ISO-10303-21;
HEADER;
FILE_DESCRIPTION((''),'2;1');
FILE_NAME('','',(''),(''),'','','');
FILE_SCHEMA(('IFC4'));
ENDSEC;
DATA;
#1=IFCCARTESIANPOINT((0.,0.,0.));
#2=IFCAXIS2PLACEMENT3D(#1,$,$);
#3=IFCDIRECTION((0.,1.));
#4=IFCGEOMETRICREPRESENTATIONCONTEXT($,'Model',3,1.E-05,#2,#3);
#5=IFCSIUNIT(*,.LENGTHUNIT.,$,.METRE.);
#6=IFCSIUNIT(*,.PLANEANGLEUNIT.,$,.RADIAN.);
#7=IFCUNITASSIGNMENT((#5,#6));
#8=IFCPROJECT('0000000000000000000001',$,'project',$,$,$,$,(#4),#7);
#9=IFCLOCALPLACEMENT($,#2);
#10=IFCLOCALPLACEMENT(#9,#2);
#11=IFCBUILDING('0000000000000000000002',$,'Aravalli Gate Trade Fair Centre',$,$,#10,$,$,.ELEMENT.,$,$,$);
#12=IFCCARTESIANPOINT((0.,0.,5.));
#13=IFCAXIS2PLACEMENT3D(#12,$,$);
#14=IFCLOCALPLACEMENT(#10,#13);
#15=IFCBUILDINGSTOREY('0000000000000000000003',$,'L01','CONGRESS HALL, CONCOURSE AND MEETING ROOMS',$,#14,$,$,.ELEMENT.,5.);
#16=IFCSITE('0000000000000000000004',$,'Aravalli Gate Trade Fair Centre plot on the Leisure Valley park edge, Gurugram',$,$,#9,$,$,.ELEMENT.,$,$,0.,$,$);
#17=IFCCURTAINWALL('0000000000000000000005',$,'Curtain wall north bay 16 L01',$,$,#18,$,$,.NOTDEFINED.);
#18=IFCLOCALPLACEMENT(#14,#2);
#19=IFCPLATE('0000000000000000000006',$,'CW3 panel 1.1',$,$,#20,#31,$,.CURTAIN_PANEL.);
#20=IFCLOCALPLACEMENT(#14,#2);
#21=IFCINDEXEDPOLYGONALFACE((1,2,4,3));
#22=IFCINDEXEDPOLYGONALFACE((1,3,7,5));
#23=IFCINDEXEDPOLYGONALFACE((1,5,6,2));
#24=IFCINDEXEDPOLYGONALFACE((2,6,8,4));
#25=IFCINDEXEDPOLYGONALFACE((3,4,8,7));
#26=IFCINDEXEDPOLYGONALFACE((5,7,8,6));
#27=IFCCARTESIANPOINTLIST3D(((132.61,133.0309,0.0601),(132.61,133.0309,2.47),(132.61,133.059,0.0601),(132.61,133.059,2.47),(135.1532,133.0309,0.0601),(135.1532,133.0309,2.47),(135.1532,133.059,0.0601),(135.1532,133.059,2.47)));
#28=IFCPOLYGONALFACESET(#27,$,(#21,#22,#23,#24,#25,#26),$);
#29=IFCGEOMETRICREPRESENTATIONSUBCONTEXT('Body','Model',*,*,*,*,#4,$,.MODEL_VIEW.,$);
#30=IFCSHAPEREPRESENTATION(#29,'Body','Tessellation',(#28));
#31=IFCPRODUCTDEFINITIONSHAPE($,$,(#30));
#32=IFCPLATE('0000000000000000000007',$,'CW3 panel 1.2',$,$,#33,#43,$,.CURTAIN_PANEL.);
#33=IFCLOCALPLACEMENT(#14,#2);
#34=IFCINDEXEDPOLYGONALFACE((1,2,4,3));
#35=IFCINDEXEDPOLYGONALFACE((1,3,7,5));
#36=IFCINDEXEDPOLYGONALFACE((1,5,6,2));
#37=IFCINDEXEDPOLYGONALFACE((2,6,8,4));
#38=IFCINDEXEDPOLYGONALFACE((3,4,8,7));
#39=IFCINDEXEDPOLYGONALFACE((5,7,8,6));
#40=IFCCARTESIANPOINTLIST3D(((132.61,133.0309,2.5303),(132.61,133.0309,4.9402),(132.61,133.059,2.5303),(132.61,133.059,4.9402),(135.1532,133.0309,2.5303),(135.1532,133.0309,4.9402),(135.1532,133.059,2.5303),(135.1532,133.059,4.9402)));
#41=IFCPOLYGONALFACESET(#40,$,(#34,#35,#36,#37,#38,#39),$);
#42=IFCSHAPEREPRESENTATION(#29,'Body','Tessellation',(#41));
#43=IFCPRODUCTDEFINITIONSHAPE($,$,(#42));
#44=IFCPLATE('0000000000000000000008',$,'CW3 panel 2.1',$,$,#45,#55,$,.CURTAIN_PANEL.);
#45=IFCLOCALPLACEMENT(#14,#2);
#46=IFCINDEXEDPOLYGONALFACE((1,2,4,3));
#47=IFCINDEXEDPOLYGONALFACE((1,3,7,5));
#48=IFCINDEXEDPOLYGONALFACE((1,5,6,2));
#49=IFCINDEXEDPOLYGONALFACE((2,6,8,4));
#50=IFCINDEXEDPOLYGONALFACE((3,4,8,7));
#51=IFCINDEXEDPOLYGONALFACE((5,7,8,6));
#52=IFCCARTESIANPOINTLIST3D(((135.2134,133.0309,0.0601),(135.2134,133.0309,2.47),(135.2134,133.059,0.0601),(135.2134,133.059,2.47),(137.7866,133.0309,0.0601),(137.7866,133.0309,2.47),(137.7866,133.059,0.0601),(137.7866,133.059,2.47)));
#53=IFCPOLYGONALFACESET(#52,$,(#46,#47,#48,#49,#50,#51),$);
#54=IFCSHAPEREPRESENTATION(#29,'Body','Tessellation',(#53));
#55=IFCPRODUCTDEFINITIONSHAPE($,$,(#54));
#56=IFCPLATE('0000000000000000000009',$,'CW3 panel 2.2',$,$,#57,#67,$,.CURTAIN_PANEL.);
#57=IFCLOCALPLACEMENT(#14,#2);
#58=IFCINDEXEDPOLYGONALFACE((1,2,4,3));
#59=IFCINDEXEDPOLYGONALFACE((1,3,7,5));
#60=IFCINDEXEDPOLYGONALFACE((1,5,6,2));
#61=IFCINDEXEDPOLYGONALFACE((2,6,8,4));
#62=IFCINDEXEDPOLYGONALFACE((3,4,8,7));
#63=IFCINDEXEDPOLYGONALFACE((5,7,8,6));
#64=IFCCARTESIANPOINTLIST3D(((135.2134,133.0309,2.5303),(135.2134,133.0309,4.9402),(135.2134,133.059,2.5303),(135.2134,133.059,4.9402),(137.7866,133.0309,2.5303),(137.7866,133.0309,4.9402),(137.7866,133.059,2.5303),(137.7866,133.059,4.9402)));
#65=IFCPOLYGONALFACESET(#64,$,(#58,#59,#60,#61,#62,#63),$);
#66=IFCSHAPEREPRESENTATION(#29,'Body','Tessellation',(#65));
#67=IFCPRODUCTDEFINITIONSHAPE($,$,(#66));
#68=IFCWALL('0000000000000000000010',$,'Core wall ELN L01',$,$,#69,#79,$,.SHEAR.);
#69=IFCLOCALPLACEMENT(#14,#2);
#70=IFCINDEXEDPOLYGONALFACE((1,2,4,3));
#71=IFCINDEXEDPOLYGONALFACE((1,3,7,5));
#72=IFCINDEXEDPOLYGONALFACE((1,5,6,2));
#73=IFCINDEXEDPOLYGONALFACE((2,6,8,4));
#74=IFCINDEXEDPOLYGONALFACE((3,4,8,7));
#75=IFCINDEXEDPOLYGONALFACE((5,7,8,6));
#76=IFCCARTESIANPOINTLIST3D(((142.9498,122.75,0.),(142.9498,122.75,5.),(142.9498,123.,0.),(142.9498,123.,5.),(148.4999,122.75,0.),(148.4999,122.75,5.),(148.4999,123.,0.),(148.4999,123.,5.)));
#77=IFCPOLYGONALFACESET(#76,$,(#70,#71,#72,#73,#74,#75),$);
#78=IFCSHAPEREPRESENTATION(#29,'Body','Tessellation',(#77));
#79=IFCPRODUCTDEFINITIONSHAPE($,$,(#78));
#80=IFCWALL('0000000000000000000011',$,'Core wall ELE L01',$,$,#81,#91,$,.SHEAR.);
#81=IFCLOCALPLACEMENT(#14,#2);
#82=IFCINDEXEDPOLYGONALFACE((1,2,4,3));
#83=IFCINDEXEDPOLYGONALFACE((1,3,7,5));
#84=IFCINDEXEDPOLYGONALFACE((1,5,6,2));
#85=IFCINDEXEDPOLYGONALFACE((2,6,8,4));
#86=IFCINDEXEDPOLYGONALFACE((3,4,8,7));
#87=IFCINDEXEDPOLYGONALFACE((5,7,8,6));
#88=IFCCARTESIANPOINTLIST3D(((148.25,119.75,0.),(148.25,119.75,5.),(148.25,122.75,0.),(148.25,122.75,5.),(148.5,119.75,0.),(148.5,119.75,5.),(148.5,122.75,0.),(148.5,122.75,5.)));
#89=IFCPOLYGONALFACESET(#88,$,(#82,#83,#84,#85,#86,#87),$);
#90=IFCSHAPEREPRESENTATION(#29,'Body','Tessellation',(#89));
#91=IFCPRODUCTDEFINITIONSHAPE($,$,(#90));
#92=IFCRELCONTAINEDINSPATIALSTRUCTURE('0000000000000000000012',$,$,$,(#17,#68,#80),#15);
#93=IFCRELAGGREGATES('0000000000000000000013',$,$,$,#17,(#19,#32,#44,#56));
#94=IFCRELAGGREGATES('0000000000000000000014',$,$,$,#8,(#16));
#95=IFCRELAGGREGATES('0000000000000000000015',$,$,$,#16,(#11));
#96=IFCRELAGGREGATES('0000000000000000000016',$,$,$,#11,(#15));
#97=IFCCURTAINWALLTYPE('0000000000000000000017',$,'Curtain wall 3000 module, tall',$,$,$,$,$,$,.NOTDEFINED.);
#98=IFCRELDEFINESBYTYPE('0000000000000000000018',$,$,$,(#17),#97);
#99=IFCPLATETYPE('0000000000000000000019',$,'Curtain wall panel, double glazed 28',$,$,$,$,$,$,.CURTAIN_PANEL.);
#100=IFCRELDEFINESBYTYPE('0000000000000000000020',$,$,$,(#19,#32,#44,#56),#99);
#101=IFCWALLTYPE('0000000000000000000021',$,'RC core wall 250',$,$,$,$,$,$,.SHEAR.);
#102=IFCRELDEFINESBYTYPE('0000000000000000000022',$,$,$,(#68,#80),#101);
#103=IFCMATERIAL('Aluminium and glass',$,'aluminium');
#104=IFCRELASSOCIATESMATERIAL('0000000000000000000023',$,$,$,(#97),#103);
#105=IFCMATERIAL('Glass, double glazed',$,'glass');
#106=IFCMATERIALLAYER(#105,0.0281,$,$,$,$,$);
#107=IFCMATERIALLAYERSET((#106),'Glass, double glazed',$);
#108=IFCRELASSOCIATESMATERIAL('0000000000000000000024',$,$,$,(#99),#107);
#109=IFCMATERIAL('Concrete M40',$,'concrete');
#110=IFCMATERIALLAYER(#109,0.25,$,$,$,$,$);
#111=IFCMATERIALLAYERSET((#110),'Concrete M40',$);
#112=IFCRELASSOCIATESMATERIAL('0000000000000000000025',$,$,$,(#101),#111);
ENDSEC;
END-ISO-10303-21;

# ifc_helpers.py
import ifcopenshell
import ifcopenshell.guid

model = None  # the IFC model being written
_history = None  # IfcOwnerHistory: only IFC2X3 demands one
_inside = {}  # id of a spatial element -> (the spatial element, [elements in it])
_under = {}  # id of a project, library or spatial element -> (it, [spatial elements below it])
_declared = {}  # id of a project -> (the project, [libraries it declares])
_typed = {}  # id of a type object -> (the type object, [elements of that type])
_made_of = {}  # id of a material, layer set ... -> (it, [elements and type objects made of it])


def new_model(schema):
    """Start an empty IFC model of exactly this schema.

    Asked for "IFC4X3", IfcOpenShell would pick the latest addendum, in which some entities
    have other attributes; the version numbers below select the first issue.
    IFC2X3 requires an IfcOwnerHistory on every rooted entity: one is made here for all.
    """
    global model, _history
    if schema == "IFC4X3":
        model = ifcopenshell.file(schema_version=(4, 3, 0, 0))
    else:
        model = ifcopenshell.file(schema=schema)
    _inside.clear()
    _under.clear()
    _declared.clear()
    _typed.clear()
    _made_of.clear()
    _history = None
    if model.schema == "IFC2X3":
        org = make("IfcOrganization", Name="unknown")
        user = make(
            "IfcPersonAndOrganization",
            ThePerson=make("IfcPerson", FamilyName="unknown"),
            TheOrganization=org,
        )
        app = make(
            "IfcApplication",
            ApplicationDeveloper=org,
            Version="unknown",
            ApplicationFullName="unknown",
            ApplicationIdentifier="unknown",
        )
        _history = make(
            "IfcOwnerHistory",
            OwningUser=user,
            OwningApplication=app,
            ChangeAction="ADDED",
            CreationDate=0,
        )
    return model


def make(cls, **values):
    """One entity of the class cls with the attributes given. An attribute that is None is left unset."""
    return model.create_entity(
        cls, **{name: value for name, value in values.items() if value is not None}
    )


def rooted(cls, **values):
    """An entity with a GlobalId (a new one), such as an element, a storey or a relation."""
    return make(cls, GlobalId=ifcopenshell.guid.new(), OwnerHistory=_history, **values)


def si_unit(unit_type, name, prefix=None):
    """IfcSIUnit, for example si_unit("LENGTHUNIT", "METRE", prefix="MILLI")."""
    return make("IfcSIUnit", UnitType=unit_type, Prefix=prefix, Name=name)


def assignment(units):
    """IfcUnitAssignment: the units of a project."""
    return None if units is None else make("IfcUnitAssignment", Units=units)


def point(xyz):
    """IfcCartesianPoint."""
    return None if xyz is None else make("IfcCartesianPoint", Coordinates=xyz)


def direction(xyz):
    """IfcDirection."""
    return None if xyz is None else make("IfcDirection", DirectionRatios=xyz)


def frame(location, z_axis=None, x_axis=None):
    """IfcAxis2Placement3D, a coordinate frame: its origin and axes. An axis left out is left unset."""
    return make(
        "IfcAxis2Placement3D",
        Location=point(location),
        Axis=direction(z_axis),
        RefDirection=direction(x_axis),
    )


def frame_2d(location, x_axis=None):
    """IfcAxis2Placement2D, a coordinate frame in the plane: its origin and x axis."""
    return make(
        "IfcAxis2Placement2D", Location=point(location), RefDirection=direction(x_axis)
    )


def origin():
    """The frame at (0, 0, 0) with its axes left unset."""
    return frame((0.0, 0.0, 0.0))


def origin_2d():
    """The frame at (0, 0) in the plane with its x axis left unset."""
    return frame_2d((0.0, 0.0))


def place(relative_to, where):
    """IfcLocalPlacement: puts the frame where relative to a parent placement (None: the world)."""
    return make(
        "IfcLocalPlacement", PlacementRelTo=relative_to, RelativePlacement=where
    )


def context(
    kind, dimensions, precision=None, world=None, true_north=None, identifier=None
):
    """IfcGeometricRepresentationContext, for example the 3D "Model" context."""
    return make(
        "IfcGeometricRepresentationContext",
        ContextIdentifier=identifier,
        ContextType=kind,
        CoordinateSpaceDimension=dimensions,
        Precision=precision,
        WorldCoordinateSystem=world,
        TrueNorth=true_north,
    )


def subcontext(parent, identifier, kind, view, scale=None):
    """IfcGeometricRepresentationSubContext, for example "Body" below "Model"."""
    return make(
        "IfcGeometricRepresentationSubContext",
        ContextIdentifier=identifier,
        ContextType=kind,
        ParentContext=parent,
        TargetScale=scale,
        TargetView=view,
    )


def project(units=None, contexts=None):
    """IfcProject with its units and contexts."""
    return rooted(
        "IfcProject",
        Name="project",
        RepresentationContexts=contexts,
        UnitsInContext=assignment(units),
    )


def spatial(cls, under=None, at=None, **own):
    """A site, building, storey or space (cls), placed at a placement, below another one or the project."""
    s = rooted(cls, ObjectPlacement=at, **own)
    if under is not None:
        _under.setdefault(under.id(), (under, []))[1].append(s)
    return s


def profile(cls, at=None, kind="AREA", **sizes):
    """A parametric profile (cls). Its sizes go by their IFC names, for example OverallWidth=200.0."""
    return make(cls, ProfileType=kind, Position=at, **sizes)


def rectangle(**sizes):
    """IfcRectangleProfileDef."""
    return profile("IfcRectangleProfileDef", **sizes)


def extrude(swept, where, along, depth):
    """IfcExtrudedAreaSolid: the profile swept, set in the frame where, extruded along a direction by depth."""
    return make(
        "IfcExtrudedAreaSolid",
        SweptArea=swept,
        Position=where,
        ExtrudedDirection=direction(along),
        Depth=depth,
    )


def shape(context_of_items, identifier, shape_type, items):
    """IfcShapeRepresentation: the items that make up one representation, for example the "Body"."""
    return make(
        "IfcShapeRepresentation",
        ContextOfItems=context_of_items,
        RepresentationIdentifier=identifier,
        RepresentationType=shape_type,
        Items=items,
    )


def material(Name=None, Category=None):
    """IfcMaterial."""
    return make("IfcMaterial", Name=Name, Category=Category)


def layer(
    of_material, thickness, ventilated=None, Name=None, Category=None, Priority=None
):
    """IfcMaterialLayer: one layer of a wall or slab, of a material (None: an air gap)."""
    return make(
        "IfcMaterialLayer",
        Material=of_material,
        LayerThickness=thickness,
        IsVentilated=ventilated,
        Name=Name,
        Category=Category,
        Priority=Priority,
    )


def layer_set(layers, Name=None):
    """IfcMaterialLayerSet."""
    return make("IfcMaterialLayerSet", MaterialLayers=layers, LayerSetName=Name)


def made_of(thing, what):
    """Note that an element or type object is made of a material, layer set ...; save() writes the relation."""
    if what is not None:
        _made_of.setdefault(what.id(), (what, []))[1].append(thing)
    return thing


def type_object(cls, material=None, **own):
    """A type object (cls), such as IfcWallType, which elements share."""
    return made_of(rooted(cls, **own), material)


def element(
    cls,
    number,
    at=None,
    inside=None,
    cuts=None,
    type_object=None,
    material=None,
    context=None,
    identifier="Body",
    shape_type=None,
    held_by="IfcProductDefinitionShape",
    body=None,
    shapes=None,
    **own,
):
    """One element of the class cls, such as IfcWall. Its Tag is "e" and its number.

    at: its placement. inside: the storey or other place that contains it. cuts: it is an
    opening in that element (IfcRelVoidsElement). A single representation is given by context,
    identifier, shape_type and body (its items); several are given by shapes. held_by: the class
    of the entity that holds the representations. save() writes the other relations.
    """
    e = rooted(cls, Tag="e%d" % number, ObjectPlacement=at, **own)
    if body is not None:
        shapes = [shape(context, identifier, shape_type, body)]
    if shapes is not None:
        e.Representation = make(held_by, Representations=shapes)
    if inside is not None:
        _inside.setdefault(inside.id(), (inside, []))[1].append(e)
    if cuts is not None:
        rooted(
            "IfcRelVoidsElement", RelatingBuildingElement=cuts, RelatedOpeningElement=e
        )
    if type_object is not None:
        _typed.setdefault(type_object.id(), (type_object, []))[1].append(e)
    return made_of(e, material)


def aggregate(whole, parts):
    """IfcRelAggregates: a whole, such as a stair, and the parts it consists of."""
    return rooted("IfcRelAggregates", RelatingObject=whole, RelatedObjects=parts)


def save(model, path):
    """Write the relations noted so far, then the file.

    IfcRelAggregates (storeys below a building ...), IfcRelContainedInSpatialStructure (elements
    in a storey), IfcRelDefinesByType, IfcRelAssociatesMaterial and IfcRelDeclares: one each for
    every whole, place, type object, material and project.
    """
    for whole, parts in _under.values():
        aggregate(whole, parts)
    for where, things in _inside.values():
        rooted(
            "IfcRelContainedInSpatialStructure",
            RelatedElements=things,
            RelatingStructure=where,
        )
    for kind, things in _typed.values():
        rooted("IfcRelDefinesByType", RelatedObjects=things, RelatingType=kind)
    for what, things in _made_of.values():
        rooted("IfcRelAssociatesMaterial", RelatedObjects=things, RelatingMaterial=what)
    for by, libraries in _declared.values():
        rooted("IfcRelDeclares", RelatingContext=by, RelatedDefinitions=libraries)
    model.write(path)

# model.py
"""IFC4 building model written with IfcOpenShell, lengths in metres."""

from ifc_helpers import new_model, si_unit, direction, frame, frame_2d, origin, origin_2d, place, context, subcontext, project, spatial, rectangle, extrude, material, layer, layer_set, type_object, element, aggregate, save


model = new_model("IFC4")

# Units and contexts
model_context = context("Model", 3, precision=1e-05, world=origin(), true_north=direction((0.0, 1.0)))
body_context = subcontext(model_context, "Body", "Model", "MODEL_VIEW")
ifc_project = project(units=[si_unit("LENGTHUNIT", "METRE"), si_unit("PLANEANGLEUNIT", "RADIAN")], contexts=[model_context])

# Site, building, storey
site_placement = place(None, origin())
site = spatial("IfcSite", under=ifc_project, at=site_placement, Name="Aravalli Gate Trade Fair Centre plot on the Leisure Valley park edge, Gurugram", CompositionType="ELEMENT", RefElevation=0.0)
building_placement = place(site_placement, origin())
building = spatial("IfcBuilding", under=site, at=building_placement, Name="Aravalli Gate Trade Fair Centre", CompositionType="ELEMENT")
storey_placement = place(building_placement, frame((0.0, 0.0, 5.0)))
storey = spatial("IfcBuildingStorey", under=building, at=storey_placement, Name="L01", Description="CONGRESS HALL, CONCOURSE AND MEETING ROOMS", CompositionType="ELEMENT", Elevation=5.0)

# Curtain wall
ifc_material_1 = material(Name="Aluminium and glass", Category="aluminium")
curtain_wall_type = type_object("IfcCurtainWallType", Name="Curtain wall 3000 module, tall", PredefinedType="NOTDEFINED", material=ifc_material_1)
curtain_wall_placement = place(storey_placement, origin())
curtain_wall = element("IfcCurtainWall", 1, at=curtain_wall_placement, inside=storey, type_object=curtain_wall_type, Name="Curtain wall north bay 16 L01", PredefinedType="NOTDEFINED")

# Plates
ifc_material_2 = material(Name="Glass, double glazed", Category="glass")
ifc_layer_1 = layer(ifc_material_2, 0.0281)
ifc_layer_set_1 = layer_set([ifc_layer_1], Name="Glass, double glazed")
plate_type = type_object("IfcPlateType", Name="Curtain wall panel, double glazed 28", PredefinedType="CURTAIN_PANEL", material=ifc_layer_set_1)
plate_1_placement = place(storey_placement, frame((133.8816, 133.0449, 0.0601), z_axis=(0.0, 0.0, 1.0), x_axis=(1.0, 0.0, 0.0)))
plate_1 = element("IfcPlate", 2, at=plate_1_placement, type_object=plate_type, Name="CW3 panel 1.1", PredefinedType="CURTAIN_PANEL", context=body_context, shape_type="SweptSolid", body=[
    extrude(rectangle(XDim=2.5432, YDim=0.0281, at=origin_2d()), origin(), (0.0, 0.0, 1.0), 2.4099),
])
plate_2_placement = place(storey_placement, frame((133.8816, 133.0449, 2.5303), z_axis=(0.0, 0.0, 1.0), x_axis=(1.0, 0.0, 0.0)))
plate_2 = element("IfcPlate", 3, at=plate_2_placement, type_object=plate_type, Name="CW3 panel 1.2", PredefinedType="CURTAIN_PANEL", context=body_context, shape_type="SweptSolid", body=[
    extrude(rectangle(XDim=2.5432, YDim=0.0281, at=origin_2d()), origin(), (0.0, 0.0, 1.0), 2.4099),
])
plate_3_placement = place(storey_placement, frame((136.5, 133.0449, 0.0601), z_axis=(0.0, 0.0, 1.0), x_axis=(1.0, 0.0, 0.0)))
plate_3 = element("IfcPlate", 4, at=plate_3_placement, type_object=plate_type, Name="CW3 panel 2.1", PredefinedType="CURTAIN_PANEL", context=body_context, shape_type="SweptSolid", body=[
    extrude(rectangle(XDim=2.5732, YDim=0.0281, at=origin_2d()), origin(), (0.0, 0.0, 1.0), 2.4099),
])
plate_4_placement = place(storey_placement, frame((136.5, 133.0449, 2.5303), z_axis=(0.0, 0.0, 1.0), x_axis=(1.0, 0.0, 0.0)))
plate_4 = element("IfcPlate", 5, at=plate_4_placement, type_object=plate_type, Name="CW3 panel 2.2", PredefinedType="CURTAIN_PANEL", context=body_context, shape_type="SweptSolid", body=[
    extrude(rectangle(XDim=2.5732, YDim=0.0281, at=origin_2d()), origin(), (0.0, 0.0, 1.0), 2.4099),
])
aggregate(curtain_wall, [plate_1, plate_2, plate_3, plate_4])

# Walls
ifc_material_3 = material(Name="Concrete M40", Category="concrete")
ifc_layer_2 = layer(ifc_material_3, 0.25)
ifc_layer_set_2 = layer_set([ifc_layer_2], Name="Concrete M40")
wall_type = type_object("IfcWallType", Name="RC core wall 250", PredefinedType="SHEAR", material=ifc_layer_set_2)
wall_1_placement = place(storey_placement, frame((142.95, 122.875, 0.0), z_axis=(0.0, 0.0, 1.0), x_axis=(1.0, 0.0, 0.0)))
element("IfcWall", 6, at=wall_1_placement, inside=storey, type_object=wall_type, Name="Core wall ELN L01", PredefinedType="SHEAR", context=body_context, shape_type="SweptSolid", body=[
    extrude(rectangle(XDim=5.55, YDim=0.25, at=frame_2d((2.7749, 0.0))), origin(), (0.0, 0.0, 1.0), 5.0),
])
wall_2_placement = place(storey_placement, frame((148.375, 119.75, 0.0), z_axis=(0.0, 0.0, 1.0), x_axis=(0.0, 1.0, 0.0)))
element("IfcWall", 7, at=wall_2_placement, inside=storey, type_object=wall_type, Name="Core wall ELE L01", PredefinedType="SHEAR", context=body_context, shape_type="SweptSolid", body=[
    extrude(rectangle(XDim=3.0, YDim=0.25, at=frame_2d((1.5, 0.0))), origin(), (0.0, 0.0, 1.0), 5.0),
])

save(model, "model.ifc")
